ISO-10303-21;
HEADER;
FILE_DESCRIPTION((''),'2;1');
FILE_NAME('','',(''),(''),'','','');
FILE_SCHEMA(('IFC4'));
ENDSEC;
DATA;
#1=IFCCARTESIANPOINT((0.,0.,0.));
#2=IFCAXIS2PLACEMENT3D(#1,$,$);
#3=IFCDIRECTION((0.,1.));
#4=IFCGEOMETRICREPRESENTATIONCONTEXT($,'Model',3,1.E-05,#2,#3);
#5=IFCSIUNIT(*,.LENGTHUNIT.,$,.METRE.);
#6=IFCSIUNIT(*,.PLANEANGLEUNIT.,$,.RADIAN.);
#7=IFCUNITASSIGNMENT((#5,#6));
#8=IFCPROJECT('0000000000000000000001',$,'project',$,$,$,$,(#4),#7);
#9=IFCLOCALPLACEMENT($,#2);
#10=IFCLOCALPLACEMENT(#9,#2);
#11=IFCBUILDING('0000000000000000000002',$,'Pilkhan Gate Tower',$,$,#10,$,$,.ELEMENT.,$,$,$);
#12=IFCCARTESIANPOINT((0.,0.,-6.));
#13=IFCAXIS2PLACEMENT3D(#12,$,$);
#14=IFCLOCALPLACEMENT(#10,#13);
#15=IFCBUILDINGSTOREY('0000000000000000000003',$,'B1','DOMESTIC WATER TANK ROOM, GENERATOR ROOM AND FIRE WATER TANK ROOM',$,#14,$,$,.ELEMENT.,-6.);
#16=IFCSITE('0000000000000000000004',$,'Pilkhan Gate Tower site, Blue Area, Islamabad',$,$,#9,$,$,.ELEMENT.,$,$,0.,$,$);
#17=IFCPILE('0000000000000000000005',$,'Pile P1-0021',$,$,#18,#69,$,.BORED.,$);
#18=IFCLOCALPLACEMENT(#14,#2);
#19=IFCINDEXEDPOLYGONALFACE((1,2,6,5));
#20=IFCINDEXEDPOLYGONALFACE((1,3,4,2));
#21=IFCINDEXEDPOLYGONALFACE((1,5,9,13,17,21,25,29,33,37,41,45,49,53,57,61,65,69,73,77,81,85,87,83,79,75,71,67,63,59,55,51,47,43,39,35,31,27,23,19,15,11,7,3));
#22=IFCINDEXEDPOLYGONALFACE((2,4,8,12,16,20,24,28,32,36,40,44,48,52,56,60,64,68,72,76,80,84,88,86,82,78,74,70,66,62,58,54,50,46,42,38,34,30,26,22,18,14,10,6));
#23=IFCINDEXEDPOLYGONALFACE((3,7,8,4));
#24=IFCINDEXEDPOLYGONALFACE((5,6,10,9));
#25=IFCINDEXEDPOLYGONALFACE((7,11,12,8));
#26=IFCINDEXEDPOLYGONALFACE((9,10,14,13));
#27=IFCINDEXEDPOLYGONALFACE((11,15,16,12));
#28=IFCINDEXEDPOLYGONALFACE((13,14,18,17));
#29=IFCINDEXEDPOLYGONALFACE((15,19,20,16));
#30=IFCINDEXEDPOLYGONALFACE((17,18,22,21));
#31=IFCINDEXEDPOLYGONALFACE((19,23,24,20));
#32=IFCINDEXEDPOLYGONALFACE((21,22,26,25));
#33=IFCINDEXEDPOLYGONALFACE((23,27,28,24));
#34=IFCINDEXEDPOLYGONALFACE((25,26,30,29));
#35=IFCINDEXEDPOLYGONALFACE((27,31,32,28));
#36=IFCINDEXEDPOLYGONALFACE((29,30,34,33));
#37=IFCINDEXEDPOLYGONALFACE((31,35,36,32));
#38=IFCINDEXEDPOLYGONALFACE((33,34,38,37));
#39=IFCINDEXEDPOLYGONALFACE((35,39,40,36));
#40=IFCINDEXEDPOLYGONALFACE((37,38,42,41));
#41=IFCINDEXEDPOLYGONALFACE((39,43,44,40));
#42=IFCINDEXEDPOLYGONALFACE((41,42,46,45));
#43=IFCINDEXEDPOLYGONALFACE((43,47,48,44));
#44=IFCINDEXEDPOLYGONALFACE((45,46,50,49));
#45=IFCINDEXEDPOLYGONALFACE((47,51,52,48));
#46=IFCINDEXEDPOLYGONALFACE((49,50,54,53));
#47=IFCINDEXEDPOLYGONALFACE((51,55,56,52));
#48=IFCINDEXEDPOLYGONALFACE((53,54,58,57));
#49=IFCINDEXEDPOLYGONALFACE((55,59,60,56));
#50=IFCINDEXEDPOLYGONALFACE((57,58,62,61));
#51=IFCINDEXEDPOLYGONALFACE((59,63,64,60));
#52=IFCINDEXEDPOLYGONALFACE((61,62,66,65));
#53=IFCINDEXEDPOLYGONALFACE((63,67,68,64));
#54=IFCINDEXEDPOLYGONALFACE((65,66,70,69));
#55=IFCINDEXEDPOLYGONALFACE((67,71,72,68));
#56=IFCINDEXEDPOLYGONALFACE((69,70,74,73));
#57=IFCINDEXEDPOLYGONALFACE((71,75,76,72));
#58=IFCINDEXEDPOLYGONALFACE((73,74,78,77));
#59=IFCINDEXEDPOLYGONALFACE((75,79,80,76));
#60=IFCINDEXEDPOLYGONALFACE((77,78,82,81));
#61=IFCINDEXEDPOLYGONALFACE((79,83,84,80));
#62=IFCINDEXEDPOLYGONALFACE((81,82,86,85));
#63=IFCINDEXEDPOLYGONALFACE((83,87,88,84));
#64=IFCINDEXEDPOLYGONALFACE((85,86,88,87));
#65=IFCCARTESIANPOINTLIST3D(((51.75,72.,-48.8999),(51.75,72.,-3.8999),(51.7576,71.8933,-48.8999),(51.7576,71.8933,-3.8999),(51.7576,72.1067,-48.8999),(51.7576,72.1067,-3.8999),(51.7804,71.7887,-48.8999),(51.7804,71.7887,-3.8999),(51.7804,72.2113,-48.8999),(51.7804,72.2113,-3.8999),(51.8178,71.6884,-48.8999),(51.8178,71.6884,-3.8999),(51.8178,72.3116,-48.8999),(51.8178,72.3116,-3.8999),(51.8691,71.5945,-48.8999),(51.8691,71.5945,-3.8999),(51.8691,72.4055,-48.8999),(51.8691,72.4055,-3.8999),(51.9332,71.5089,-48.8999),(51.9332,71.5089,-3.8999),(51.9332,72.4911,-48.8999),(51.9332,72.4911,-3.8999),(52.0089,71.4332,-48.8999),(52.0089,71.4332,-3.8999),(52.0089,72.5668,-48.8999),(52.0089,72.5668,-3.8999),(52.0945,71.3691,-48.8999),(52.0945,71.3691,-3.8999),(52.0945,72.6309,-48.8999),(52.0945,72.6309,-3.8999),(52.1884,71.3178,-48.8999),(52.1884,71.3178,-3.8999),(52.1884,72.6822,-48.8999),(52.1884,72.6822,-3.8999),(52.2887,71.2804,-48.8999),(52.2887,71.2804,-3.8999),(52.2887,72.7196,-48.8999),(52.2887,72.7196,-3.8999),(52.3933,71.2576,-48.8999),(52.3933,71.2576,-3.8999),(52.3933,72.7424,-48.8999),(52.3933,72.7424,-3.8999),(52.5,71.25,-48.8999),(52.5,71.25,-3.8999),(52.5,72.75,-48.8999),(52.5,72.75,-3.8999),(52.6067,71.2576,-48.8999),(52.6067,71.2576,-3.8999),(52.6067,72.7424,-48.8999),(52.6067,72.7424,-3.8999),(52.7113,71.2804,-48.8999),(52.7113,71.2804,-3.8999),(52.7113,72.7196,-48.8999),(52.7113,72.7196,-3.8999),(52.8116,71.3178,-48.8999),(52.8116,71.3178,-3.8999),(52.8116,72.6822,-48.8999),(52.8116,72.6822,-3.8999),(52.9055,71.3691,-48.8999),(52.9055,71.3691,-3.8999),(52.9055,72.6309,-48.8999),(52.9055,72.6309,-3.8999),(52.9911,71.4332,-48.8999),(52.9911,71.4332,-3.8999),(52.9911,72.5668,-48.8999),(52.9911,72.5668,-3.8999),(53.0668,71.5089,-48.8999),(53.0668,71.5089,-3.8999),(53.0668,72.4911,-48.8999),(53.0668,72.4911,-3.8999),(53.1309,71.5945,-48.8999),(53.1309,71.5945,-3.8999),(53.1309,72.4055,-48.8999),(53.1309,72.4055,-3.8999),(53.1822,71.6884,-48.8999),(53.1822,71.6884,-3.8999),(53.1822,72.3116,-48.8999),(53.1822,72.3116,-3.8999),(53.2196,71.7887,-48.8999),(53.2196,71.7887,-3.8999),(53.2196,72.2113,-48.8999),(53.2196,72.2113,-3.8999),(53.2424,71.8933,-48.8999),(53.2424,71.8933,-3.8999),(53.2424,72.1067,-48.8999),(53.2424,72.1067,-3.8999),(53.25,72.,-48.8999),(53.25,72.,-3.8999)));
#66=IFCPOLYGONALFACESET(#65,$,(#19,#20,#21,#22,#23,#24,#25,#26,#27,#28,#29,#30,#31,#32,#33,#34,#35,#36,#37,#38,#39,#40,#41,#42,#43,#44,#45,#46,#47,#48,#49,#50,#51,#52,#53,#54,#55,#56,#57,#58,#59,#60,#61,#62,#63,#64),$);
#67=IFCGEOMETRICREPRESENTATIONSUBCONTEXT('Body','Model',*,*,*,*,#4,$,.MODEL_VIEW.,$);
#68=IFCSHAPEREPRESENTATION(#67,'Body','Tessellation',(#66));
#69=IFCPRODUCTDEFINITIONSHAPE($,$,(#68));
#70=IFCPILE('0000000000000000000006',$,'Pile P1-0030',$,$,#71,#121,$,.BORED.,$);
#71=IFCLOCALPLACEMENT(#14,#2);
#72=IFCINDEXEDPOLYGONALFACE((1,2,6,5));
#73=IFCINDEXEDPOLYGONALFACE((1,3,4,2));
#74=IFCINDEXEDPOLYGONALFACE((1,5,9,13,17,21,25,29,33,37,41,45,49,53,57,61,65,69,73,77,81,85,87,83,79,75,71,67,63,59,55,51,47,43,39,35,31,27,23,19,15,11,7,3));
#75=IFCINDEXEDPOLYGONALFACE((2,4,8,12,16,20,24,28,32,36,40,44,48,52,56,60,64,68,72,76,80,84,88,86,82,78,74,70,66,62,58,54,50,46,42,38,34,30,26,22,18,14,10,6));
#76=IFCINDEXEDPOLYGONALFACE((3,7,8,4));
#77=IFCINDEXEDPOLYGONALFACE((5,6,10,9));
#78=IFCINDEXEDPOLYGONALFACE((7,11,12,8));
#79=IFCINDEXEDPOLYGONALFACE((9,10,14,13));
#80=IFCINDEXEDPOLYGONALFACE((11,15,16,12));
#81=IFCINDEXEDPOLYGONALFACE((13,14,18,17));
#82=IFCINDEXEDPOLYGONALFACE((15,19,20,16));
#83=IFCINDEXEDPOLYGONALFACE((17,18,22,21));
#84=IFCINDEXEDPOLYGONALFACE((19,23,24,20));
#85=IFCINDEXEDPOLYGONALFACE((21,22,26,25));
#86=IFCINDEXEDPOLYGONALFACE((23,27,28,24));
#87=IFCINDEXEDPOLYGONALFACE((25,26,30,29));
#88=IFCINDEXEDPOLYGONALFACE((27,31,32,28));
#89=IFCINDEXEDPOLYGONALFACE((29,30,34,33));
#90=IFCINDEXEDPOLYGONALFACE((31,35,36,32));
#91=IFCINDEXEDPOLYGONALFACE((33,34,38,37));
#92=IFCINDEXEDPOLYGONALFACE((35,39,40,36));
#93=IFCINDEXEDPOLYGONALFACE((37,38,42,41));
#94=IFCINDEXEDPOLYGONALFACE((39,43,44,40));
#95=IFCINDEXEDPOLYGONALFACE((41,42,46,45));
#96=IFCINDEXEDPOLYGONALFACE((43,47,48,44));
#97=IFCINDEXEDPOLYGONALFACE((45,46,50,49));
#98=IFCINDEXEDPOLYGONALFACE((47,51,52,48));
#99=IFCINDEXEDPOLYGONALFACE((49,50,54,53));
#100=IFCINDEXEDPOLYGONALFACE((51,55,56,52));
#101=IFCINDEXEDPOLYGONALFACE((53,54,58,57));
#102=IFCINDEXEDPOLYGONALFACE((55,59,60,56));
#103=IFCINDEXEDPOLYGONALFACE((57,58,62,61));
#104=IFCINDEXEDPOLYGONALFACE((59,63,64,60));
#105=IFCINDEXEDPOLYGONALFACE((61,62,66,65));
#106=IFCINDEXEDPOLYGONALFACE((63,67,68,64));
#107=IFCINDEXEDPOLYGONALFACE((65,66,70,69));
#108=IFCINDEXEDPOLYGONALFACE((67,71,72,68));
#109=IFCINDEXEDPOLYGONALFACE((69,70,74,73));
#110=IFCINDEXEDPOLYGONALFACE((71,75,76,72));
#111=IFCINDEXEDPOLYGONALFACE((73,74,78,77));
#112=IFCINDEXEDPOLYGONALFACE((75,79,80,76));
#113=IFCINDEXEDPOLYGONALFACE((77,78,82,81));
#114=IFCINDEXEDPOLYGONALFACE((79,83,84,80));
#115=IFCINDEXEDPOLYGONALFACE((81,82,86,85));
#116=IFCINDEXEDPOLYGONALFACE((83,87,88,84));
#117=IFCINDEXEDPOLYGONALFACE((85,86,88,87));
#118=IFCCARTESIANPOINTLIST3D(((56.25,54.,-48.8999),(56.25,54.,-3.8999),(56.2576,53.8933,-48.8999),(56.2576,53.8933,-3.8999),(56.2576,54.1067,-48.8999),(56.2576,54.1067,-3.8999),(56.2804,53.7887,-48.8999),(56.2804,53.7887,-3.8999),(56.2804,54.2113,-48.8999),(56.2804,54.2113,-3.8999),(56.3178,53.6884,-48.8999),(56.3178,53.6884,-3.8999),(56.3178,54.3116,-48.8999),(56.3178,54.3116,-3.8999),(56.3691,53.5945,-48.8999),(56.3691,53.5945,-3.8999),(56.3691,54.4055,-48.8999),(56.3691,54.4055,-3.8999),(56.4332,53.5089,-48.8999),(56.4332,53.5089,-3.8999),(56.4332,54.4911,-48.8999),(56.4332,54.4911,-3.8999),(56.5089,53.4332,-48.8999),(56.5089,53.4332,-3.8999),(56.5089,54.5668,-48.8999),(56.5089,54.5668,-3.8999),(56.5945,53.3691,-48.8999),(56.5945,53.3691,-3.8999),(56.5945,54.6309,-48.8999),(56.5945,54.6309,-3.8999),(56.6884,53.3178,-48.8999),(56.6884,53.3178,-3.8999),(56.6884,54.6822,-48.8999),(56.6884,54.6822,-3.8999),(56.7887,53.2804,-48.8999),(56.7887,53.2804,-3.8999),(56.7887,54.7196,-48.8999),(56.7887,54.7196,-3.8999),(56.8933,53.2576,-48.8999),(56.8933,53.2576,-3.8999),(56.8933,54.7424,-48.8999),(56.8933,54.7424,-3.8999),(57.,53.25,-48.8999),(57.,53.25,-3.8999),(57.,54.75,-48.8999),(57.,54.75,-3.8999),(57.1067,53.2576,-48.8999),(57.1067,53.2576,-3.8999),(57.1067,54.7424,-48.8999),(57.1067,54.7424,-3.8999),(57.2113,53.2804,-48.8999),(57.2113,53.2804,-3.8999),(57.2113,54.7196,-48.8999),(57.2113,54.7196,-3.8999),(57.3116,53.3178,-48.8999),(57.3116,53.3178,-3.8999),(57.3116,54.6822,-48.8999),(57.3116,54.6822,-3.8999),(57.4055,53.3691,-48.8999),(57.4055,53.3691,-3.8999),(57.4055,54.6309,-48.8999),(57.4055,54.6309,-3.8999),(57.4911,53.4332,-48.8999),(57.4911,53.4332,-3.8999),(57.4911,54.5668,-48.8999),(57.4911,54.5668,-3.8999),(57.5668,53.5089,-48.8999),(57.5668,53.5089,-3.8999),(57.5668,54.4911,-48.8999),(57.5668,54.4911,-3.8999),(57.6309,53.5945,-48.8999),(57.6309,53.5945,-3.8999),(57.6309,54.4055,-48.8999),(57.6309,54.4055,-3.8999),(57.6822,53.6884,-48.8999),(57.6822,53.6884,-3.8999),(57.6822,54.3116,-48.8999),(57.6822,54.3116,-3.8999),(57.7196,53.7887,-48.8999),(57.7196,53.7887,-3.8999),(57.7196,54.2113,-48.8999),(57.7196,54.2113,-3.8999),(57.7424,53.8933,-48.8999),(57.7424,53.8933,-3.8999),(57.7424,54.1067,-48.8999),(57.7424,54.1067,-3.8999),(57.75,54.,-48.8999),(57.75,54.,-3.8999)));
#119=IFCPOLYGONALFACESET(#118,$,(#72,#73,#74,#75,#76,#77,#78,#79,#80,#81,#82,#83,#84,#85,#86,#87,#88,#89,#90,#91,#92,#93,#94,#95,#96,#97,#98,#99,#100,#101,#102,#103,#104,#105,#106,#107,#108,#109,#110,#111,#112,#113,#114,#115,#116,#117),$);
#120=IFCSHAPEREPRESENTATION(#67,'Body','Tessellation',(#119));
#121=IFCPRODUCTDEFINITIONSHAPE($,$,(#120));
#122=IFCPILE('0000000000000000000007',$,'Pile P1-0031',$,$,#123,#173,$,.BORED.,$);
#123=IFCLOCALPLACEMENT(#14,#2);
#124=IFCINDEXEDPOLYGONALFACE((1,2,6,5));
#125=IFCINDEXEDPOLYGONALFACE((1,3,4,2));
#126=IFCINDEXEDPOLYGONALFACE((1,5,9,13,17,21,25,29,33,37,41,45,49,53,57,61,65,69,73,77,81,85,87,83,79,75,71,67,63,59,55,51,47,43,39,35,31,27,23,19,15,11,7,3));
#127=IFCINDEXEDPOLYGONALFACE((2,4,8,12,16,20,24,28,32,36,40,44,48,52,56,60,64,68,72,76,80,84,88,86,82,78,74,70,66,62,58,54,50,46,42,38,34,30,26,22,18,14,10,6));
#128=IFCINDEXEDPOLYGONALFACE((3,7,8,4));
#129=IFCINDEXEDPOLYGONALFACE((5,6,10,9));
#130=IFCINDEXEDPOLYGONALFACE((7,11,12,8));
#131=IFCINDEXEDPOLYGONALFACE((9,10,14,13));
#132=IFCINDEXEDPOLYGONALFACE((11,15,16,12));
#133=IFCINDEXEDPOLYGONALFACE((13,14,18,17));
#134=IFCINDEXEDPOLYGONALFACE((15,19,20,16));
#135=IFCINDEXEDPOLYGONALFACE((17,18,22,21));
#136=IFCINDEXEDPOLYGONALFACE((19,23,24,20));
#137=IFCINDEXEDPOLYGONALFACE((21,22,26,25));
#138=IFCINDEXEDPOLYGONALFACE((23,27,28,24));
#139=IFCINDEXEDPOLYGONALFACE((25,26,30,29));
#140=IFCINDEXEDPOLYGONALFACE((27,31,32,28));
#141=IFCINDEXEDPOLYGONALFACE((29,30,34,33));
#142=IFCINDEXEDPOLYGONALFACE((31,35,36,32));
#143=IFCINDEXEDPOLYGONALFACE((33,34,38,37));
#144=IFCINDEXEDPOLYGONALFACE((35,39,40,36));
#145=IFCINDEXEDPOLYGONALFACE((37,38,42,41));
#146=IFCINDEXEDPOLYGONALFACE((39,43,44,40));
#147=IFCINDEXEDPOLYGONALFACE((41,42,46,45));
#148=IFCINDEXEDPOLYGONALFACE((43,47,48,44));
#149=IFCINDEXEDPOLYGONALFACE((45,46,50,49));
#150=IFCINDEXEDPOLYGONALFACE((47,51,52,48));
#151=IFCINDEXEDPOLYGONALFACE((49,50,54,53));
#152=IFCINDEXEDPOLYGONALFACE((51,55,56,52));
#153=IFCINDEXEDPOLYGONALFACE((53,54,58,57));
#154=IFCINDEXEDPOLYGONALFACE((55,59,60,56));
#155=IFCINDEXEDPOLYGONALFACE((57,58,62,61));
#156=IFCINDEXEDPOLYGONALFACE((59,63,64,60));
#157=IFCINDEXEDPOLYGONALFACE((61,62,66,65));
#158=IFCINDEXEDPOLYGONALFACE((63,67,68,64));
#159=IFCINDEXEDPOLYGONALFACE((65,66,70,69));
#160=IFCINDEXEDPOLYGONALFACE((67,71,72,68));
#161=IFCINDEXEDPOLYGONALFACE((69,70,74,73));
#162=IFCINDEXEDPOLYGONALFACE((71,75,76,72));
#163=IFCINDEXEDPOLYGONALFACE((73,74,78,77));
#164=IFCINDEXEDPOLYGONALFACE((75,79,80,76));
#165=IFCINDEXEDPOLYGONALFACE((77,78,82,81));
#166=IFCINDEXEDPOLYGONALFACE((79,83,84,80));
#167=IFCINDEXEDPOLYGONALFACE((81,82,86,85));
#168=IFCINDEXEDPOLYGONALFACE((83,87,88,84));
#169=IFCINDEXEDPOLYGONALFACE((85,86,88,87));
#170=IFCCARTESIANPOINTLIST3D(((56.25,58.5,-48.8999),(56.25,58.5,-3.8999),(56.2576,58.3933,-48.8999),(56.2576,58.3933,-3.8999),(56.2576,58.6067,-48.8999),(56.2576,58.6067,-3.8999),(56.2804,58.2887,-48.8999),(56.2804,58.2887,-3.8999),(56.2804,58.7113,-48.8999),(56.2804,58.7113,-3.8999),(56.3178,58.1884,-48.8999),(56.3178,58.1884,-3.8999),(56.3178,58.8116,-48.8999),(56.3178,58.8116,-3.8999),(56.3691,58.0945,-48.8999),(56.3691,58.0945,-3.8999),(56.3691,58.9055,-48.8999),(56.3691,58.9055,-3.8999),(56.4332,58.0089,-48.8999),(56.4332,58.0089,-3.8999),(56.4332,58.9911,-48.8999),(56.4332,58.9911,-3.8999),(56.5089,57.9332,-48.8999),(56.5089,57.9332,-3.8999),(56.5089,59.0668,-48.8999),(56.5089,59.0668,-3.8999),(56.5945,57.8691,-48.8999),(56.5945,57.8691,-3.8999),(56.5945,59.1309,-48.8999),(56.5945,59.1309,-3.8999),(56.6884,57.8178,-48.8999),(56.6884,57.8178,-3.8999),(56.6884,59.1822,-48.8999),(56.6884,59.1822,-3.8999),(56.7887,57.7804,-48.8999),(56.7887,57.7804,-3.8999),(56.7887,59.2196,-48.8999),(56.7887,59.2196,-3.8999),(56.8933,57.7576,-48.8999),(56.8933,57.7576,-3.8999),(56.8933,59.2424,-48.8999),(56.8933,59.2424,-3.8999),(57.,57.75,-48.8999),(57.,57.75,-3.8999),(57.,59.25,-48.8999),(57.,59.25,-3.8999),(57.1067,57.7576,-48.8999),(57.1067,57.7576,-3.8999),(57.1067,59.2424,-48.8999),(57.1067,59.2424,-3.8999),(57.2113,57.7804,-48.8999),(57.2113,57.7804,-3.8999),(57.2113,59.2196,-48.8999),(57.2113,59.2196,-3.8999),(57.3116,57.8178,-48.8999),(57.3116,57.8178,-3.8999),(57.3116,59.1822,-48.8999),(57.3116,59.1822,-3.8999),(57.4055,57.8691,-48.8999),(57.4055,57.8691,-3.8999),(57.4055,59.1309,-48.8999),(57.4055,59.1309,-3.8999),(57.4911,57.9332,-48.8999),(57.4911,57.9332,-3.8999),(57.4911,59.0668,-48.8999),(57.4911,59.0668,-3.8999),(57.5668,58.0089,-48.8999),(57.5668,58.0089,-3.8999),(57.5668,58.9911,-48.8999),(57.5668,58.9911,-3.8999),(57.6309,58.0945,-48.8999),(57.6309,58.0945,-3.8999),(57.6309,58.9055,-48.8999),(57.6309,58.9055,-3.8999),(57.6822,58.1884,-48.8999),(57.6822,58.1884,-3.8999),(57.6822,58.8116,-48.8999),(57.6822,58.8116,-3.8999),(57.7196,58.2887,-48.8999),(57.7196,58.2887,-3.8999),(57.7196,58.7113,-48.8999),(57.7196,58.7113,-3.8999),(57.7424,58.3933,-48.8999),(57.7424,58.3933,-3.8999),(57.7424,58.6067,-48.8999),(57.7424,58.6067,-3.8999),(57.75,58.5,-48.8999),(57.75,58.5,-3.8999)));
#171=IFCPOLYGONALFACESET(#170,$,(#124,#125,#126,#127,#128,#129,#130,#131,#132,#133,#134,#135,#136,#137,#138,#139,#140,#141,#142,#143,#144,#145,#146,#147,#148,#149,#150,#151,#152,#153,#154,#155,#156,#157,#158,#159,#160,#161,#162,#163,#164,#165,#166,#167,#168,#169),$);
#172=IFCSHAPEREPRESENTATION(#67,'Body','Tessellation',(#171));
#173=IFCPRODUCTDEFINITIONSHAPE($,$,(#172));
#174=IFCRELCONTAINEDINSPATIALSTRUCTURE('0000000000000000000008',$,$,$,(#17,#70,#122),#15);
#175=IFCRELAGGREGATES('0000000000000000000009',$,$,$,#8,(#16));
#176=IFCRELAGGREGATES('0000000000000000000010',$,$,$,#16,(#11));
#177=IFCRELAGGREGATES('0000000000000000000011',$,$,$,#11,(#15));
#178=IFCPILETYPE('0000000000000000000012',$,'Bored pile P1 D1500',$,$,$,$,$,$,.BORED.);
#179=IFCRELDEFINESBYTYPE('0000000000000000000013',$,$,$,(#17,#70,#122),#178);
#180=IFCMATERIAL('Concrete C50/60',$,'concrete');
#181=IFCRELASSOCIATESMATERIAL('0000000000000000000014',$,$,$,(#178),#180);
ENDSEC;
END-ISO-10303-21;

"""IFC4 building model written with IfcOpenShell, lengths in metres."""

from ifc_helpers import new_model, si_unit, direction, frame, origin, origin_2d, place, context, subcontext, project, spatial, circle, extrude, material, material_profile, profile_set, type_object, element, save


model = new_model("IFC4")

# Units and contexts
model_context = context("Model", 3, precision=1e-05, world=origin(), true_north=direction((0.0, 1.0)))
body_context = subcontext(model_context, "Body", "Model", "MODEL_VIEW")
ifc_project = project(units=[si_unit("LENGTHUNIT", "METRE"), si_unit("PLANEANGLEUNIT", "RADIAN")], contexts=[model_context])

# Site, building, storey
site_placement = place(None, origin())
site = spatial("IfcSite", under=ifc_project, at=site_placement, Name="Pilkhan Gate Tower site, Blue Area, Islamabad", CompositionType="ELEMENT", RefElevation=0.0)
building_placement = place(site_placement, origin())
building = spatial("IfcBuilding", under=site, at=building_placement, Name="Pilkhan Gate Tower", CompositionType="ELEMENT")
storey_placement = place(building_placement, frame((0.0, 0.0, -6.0)))
storey = spatial("IfcBuildingStorey", under=building, at=storey_placement, Name="B1", Description="DOMESTIC WATER TANK ROOM, GENERATOR ROOM AND FIRE WATER TANK ROOM", CompositionType="ELEMENT", Elevation=-6.0)

# Piles
ifc_material_1 = material(Name="Concrete C50/60", Category="concrete")
ifc_material_profile_1 = material_profile(ifc_material_1, circle(Radius=0.75, at=origin_2d()), Name="Bored pile 1500 dia")
ifc_profile_set_1 = profile_set([ifc_material_profile_1], Name="Concrete C50/60")
pile_type = type_object("IfcPileType", Name="Bored pile P1 D1500", PredefinedType="BORED", material=ifc_profile_set_1)
for number, where, z_axis, x_axis, name in (
    (1, (52.5, 72.0, -3.8999), (0.0, 0.0, -1.0), (1.0, 0.0, 0.0), "Pile P1-0021"),
    (2, (57.0, 54.0, -3.8999), (0.0, 0.0, -1.0), (1.0, 0.0, 0.0), "Pile P1-0030"),
    (3, (57.0, 58.5, -3.8999), (0.0, 0.0, -1.0), (1.0, 0.0, 0.0), "Pile P1-0031"),
):
    element("IfcPile", number, at=place(storey_placement, frame(where, z_axis=z_axis, x_axis=x_axis)), inside=storey, type_object=pile_type, Name=name, PredefinedType="BORED", context=body_context, shape_type="SweptSolid", body=[
        extrude(circle(Radius=0.75, at=origin_2d()), origin(), (0.0, 0.0, 1.0), 45.0),
    ])

save(model, "model.ifc")
